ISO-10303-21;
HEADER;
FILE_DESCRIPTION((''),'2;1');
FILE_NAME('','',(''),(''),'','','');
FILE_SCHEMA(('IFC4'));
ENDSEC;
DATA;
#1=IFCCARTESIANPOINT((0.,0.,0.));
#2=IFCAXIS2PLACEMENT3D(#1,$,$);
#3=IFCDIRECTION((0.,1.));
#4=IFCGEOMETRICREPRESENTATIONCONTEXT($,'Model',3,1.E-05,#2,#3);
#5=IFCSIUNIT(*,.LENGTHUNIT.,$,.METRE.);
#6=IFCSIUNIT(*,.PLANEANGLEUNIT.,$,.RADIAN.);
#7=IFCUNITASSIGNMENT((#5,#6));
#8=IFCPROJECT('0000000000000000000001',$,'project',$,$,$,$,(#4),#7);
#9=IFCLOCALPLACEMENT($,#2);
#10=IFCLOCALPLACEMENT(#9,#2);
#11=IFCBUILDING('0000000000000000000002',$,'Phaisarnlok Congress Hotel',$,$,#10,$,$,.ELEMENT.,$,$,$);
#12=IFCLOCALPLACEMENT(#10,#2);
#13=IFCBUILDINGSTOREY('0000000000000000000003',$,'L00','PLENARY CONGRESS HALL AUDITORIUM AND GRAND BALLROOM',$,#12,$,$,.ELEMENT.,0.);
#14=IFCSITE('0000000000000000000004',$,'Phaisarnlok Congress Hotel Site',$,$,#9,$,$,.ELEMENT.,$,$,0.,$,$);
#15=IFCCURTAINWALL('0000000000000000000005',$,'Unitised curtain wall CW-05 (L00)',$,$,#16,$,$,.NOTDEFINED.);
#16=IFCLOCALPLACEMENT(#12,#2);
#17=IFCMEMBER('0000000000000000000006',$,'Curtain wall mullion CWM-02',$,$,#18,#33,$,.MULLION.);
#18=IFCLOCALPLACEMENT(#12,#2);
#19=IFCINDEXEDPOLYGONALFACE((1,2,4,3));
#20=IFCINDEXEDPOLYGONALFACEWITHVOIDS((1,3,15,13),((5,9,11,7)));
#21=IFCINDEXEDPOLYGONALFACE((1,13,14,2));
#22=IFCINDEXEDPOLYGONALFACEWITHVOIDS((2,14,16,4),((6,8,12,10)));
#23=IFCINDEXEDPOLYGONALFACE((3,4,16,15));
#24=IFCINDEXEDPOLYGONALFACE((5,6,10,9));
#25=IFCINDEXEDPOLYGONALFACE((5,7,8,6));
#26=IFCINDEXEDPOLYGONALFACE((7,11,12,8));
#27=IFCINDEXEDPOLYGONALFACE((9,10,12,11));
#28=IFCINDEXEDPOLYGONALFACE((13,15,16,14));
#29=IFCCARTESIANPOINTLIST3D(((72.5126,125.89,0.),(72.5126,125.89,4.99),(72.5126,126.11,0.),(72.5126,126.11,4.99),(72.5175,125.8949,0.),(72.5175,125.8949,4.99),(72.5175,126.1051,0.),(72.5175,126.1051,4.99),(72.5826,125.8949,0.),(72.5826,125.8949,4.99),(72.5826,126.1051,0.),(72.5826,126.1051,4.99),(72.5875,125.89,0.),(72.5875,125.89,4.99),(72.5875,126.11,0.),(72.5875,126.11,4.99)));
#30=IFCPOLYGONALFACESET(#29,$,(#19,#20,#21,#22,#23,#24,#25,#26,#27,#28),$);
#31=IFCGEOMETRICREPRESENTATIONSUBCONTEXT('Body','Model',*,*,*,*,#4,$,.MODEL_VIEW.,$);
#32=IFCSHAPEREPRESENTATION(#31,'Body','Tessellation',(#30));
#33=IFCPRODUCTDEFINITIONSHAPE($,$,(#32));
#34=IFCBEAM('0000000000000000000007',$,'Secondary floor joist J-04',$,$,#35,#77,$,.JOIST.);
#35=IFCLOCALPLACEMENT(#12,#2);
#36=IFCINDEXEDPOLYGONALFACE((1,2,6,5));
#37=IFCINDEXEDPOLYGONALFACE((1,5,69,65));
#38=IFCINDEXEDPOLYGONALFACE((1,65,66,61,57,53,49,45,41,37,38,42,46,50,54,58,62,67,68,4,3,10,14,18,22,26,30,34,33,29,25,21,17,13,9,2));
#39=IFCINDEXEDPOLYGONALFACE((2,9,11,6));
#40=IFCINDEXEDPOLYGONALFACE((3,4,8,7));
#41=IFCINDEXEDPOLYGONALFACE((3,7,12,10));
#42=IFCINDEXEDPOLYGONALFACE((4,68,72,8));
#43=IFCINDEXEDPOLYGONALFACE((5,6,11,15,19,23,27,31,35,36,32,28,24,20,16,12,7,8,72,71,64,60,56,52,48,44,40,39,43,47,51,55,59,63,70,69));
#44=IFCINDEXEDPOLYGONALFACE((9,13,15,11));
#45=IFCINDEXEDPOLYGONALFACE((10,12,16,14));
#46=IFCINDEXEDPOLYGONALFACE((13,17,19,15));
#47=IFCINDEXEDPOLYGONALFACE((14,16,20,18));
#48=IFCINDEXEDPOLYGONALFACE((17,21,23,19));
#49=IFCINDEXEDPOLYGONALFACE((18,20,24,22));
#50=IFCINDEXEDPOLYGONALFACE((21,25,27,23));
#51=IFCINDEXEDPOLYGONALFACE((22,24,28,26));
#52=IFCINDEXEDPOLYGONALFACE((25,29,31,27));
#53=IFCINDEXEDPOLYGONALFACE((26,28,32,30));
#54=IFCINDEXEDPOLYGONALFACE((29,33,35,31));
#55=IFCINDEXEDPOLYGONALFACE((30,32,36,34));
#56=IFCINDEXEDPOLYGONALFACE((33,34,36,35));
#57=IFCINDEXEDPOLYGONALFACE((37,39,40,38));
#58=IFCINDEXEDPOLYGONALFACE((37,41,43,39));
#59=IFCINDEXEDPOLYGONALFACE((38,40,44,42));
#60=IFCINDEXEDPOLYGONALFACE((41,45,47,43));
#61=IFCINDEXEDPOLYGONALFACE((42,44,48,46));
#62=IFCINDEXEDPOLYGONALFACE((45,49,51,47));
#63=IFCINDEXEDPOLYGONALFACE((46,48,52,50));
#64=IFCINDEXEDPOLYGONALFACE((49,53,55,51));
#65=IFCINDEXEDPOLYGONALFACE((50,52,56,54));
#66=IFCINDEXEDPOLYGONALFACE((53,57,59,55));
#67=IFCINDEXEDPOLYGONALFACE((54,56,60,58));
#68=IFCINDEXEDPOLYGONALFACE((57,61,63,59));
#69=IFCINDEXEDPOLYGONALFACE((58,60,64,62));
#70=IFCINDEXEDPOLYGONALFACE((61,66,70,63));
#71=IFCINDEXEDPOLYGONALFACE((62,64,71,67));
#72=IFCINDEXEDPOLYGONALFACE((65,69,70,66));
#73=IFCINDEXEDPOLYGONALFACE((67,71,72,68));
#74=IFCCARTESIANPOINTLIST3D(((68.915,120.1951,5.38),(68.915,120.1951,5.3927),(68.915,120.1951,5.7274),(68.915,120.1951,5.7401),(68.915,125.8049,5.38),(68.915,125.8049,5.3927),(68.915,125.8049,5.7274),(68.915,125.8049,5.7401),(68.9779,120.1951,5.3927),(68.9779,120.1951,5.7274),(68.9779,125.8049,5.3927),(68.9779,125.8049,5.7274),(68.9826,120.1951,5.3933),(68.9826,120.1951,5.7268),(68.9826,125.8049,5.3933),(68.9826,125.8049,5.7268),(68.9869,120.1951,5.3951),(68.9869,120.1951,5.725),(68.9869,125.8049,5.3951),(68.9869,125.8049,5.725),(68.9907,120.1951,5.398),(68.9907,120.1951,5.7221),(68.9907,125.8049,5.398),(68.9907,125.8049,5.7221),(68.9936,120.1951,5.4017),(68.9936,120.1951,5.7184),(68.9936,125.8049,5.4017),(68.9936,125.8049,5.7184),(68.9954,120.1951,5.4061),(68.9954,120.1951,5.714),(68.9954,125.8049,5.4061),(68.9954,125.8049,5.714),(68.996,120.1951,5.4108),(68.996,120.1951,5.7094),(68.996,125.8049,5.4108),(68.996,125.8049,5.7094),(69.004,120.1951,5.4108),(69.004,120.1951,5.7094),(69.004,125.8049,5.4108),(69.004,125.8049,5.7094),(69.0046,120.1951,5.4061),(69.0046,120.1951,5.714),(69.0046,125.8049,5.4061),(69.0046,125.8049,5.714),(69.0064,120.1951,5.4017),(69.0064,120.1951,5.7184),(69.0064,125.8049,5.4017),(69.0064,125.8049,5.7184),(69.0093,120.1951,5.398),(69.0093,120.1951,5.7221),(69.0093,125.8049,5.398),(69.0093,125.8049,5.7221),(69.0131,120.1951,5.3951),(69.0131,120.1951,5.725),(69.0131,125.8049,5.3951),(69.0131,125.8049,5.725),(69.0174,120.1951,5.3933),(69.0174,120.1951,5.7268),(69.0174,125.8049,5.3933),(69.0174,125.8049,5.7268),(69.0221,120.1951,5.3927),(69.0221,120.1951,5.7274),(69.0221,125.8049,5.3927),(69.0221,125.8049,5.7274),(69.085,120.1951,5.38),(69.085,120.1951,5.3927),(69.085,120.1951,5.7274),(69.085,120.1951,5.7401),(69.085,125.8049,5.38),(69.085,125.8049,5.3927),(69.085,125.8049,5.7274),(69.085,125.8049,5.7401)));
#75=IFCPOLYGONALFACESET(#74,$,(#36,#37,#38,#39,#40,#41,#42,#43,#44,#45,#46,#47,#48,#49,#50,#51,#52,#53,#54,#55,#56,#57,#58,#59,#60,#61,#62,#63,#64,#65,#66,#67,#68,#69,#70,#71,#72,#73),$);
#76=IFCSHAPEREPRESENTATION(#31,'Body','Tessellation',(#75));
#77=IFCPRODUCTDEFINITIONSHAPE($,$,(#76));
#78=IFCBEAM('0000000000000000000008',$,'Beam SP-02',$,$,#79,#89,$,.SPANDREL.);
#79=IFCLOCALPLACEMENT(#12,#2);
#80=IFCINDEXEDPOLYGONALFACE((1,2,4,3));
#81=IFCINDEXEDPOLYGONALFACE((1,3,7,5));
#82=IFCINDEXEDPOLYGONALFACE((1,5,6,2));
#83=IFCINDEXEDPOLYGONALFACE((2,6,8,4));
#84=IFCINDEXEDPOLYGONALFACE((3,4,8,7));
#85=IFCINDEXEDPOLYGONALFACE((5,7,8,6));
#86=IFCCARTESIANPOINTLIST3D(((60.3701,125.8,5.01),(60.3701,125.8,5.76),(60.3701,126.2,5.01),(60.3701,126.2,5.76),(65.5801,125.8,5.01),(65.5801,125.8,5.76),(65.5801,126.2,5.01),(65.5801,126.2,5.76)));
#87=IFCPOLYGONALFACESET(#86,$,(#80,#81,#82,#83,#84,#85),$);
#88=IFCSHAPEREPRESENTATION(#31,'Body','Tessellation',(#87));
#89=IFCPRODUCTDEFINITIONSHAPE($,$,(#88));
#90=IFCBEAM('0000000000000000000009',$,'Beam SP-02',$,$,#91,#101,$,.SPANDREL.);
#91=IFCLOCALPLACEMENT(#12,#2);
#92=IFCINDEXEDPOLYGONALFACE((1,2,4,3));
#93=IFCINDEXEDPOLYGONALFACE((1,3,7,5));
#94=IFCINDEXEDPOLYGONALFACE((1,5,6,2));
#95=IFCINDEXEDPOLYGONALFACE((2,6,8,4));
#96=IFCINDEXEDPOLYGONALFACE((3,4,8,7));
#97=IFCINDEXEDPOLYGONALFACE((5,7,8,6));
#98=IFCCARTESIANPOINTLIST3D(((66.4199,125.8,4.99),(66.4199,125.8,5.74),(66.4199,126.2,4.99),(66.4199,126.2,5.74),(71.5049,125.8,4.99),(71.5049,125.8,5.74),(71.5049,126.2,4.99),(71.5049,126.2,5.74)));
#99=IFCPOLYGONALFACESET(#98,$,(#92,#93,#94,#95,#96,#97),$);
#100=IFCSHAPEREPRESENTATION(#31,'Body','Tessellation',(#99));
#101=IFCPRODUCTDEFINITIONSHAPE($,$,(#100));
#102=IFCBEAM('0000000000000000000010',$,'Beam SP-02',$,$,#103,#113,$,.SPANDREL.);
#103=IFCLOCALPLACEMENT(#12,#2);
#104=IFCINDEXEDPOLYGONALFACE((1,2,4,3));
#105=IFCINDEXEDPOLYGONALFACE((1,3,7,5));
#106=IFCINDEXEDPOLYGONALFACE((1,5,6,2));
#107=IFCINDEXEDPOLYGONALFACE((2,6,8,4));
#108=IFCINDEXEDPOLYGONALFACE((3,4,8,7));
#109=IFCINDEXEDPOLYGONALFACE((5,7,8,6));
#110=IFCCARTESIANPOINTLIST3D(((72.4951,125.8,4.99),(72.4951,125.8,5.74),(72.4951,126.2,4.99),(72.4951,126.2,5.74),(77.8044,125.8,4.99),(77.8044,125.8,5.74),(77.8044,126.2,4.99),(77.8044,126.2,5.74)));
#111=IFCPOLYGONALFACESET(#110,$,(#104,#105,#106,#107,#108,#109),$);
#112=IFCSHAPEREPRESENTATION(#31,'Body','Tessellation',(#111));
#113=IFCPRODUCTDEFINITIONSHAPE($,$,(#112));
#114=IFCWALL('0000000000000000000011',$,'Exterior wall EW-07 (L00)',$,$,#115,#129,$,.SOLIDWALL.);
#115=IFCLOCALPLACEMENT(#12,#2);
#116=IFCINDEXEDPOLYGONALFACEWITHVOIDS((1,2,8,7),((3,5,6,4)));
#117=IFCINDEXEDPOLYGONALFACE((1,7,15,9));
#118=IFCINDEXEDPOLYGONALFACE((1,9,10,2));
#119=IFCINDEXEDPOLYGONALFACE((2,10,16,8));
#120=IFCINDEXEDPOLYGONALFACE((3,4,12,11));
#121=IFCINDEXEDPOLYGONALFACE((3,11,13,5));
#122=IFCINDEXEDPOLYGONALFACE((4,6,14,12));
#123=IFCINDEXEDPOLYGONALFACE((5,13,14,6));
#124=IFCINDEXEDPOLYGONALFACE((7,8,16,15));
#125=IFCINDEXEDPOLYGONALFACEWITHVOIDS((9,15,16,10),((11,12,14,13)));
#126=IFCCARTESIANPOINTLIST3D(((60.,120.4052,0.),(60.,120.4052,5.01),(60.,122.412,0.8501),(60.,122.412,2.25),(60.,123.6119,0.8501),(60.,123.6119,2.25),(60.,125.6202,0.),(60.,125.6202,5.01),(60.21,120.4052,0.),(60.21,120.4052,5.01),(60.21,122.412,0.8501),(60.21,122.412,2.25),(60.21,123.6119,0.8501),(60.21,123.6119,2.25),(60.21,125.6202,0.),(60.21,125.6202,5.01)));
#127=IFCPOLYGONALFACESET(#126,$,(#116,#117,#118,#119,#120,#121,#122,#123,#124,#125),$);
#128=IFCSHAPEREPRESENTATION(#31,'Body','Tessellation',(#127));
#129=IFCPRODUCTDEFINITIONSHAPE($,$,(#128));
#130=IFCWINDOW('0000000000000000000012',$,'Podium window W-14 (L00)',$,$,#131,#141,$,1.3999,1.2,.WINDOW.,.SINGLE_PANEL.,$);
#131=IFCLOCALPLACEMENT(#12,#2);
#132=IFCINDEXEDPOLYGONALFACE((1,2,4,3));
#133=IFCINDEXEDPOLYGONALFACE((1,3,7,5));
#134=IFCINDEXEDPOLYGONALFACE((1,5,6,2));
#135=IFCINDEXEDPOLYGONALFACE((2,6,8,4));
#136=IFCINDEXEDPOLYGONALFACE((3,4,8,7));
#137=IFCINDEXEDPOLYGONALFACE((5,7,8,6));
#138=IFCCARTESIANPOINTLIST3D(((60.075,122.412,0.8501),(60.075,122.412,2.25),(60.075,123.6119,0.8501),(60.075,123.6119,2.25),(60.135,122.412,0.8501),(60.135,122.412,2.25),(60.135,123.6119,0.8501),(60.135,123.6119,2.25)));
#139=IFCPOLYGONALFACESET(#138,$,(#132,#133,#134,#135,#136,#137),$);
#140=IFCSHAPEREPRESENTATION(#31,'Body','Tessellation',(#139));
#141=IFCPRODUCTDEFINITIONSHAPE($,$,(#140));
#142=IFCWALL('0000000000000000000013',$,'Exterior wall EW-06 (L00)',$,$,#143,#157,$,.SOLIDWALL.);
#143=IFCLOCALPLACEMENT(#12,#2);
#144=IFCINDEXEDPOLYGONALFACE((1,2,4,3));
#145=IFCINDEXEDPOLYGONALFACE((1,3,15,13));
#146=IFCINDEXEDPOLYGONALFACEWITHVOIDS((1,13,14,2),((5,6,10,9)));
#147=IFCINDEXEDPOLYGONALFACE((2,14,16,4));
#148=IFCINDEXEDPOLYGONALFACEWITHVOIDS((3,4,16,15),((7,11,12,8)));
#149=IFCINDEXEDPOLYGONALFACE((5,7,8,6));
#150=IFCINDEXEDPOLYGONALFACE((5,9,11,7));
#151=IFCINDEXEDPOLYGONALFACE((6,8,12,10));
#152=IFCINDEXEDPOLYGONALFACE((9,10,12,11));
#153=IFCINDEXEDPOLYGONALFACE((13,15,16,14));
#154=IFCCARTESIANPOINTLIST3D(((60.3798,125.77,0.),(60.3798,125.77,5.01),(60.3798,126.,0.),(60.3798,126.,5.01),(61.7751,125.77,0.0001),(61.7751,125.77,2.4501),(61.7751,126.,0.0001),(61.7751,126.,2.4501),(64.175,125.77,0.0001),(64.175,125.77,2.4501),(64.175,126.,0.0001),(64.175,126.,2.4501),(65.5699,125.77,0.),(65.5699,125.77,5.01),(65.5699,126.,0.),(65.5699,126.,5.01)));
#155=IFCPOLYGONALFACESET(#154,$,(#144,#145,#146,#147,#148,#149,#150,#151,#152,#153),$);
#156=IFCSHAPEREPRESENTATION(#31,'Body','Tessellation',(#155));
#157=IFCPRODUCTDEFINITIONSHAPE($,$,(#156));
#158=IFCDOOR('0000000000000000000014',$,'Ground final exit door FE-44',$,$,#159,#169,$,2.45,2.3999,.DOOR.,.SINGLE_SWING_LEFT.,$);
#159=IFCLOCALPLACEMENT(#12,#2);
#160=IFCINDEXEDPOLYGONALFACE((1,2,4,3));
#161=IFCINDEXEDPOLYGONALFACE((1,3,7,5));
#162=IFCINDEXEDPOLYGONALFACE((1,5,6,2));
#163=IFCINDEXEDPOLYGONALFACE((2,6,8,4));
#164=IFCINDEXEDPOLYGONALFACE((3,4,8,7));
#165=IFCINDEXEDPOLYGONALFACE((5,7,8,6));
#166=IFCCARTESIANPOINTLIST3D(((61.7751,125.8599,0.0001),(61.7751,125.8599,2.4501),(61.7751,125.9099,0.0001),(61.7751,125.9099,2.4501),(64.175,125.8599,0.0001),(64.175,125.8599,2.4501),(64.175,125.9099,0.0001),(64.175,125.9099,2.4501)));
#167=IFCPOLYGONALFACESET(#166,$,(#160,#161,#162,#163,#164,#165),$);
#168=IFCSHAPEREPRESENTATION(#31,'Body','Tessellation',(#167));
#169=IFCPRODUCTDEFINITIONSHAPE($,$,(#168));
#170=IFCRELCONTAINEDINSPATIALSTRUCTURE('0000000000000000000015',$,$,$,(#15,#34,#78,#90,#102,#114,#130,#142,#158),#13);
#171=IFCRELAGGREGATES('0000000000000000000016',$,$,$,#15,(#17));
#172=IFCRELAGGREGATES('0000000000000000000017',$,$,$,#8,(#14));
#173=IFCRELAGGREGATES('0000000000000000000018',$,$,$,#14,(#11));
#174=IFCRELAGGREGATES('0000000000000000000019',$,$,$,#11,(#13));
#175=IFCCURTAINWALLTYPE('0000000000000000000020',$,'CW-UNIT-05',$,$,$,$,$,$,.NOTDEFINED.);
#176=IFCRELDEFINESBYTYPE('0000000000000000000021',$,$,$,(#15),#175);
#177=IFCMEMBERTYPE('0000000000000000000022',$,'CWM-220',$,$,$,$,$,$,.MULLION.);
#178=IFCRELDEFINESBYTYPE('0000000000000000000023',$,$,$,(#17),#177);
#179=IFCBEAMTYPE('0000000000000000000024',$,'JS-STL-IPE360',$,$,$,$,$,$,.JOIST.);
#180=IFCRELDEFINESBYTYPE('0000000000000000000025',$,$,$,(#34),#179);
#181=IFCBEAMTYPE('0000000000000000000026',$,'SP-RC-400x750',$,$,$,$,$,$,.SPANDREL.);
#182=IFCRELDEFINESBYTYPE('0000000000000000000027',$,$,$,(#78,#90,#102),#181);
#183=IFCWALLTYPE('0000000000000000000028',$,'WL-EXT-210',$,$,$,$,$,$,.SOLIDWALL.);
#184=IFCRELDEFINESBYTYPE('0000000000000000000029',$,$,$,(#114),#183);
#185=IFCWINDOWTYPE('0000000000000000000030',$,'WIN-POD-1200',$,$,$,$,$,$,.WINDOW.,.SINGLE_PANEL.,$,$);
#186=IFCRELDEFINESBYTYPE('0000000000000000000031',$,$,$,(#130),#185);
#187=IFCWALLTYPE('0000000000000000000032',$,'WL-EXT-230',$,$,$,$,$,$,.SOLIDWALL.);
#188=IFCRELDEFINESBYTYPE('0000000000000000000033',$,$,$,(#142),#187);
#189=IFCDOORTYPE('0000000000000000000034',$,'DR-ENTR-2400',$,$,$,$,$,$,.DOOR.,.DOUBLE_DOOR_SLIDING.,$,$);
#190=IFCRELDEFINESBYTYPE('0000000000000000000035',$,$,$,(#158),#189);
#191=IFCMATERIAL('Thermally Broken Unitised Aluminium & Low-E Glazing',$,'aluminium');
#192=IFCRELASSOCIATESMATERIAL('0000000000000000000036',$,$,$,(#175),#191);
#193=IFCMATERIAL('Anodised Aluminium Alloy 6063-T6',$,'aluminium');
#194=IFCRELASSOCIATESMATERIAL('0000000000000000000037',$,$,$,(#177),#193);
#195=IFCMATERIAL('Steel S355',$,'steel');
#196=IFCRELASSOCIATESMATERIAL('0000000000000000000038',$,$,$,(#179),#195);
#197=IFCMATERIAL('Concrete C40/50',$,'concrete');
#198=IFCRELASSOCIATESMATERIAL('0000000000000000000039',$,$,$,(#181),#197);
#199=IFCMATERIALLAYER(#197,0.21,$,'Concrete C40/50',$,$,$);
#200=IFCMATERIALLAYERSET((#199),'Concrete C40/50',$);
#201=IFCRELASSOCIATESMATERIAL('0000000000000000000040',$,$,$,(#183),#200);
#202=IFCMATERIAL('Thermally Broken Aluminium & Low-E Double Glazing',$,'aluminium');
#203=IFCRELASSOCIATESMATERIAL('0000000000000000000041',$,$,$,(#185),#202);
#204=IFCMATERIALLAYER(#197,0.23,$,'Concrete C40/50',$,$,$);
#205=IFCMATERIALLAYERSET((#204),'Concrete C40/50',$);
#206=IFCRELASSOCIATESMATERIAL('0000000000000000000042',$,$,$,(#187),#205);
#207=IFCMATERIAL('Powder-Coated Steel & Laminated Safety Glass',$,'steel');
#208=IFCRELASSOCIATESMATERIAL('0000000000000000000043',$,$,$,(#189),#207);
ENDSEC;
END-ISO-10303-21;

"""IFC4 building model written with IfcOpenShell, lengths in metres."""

from ifc_helpers import new_model, si_unit, direction, frame, frame_2d, origin, origin_2d, place, context, subcontext, project, spatial, rectangle, hollow_rectangle, i_section, extrude, material, layer, layer_set, material_profile, profile_set, type_object, element, fill, aggregate, save


model = new_model("IFC4")

# Units and contexts
model_context = context("Model", 3, precision=1e-05, world=origin(), true_north=direction((0.0, 1.0)))
body_context = subcontext(model_context, "Body", "Model", "MODEL_VIEW")
ifc_project = project(units=[si_unit("LENGTHUNIT", "METRE"), si_unit("PLANEANGLEUNIT", "RADIAN")], contexts=[model_context])

# Site, building, storey
site_placement = place(None, origin())
site = spatial("IfcSite", under=ifc_project, at=site_placement, Name="Phaisarnlok Congress Hotel Site", CompositionType="ELEMENT", RefElevation=0.0)
building_placement = place(site_placement, origin())
building = spatial("IfcBuilding", under=site, at=building_placement, Name="Phaisarnlok Congress Hotel", CompositionType="ELEMENT")
storey_placement = place(building_placement, origin())
storey = spatial("IfcBuildingStorey", under=building, at=storey_placement, Name="L00", Description="PLENARY CONGRESS HALL AUDITORIUM AND GRAND BALLROOM", CompositionType="ELEMENT", Elevation=0.0)

# Shared definitions
ifc_material_1 = material(Name="Concrete C40/50", Category="concrete")

# Curtain wall, member
ifc_material_2 = material(Name="Thermally Broken Unitised Aluminium & Low-E Glazing", Category="aluminium")
curtain_wall_type = type_object("IfcCurtainWallType", Name="CW-UNIT-05", PredefinedType="NOTDEFINED", material=ifc_material_2)
curtain_wall_placement = place(storey_placement, origin())
curtain_wall = element("IfcCurtainWall", 1, at=curtain_wall_placement, inside=storey, type_object=curtain_wall_type, Name="Unitised curtain wall CW-05 (L00)", PredefinedType="NOTDEFINED")
ifc_material_3 = material(Name="Anodised Aluminium Alloy 6063-T6", Category="aluminium")
ifc_material_profile_1 = material_profile(ifc_material_3, hollow_rectangle(XDim=0.075, YDim=0.22, WallThickness=0.0049, at=origin_2d()), Name="ALU-M 75x220x5")
ifc_profile_set_1 = profile_set([ifc_material_profile_1], Name="Anodised Aluminium Alloy 6063-T6")
member_type = type_object("IfcMemberType", Name="CWM-220", PredefinedType="MULLION", material=ifc_profile_set_1)
member_placement = place(storey_placement, frame((72.55, 126.0, 0.0), z_axis=(0.0, 0.0, 1.0), x_axis=(-1.0, 0.0, 0.0)))
member = element("IfcMember", 2, at=member_placement, type_object=member_type, Name="Curtain wall mullion CWM-02", PredefinedType="MULLION", context=body_context, shape_type="SweptSolid", body=[
    extrude(hollow_rectangle(XDim=0.075, YDim=0.22, WallThickness=0.0049, at=origin_2d()), origin(), (0.0, 0.0, 1.0), 4.99),
])
aggregate(curtain_wall, [member])

# Beams
ifc_material_4 = material(Name="Steel S355", Category="steel")
ifc_material_profile_2 = material_profile(ifc_material_4, i_section(OverallWidth=0.1699, OverallDepth=0.3601, WebThickness=0.0081, FlangeThickness=0.0127, FilletRadius=0.0181, at=origin_2d()), Name="IPE 360")
ifc_profile_set_2 = profile_set([ifc_material_profile_2], Name="Steel S355")
beam_type_1 = type_object("IfcBeamType", Name="JS-STL-IPE360", PredefinedType="JOIST", material=ifc_profile_set_2)
beam_1_placement = place(storey_placement, frame((69.0, 120.1951, 5.5601), z_axis=(0.0, 1.0, 0.0), x_axis=(-1.0, 0.0, 0.0)))
element("IfcBeam", 3, at=beam_1_placement, inside=storey, type_object=beam_type_1, Name="Secondary floor joist J-04", PredefinedType="JOIST", context=body_context, shape_type="SweptSolid", body=[
    extrude(i_section(OverallWidth=0.1699, OverallDepth=0.3601, WebThickness=0.0081, FlangeThickness=0.0127, FilletRadius=0.0181, at=origin_2d()), origin(), (0.0, 0.0, 1.0), 5.6099),
])
ifc_material_profile_3 = material_profile(ifc_material_1, rectangle(XDim=0.3999, YDim=0.75, at=origin_2d()), Name="RC 400x750")
ifc_profile_set_3 = profile_set([ifc_material_profile_3], Name="Concrete C40/50")
beam_type_2 = type_object("IfcBeamType", Name="SP-RC-400x750", PredefinedType="SPANDREL", material=ifc_profile_set_3)
beam_2_placement = place(storey_placement, frame((60.3701, 126.0, 5.385), z_axis=(1.0, 0.0, 0.0), x_axis=(0.0, 1.0, 0.0)))
element("IfcBeam", 4, at=beam_2_placement, inside=storey, type_object=beam_type_2, Name="Beam SP-02", PredefinedType="SPANDREL", context=body_context, shape_type="SweptSolid", body=[
    extrude(rectangle(XDim=0.3999, YDim=0.75, at=origin_2d()), origin(), (0.0, 0.0, 1.0), 5.21),
])
beam_3_placement = place(storey_placement, frame((66.4199, 126.0, 5.365), z_axis=(1.0, 0.0, 0.0), x_axis=(0.0, 1.0, 0.0)))
element("IfcBeam", 5, at=beam_3_placement, inside=storey, type_object=beam_type_2, Name="Beam SP-02", PredefinedType="SPANDREL", context=body_context, shape_type="SweptSolid", body=[
    extrude(rectangle(XDim=0.3999, YDim=0.75, at=origin_2d()), origin(), (0.0, 0.0, 1.0), 5.085),
])
beam_4_placement = place(storey_placement, frame((72.4951, 126.0, 5.365), z_axis=(1.0, 0.0, 0.0), x_axis=(0.0, 1.0, 0.0)))
element("IfcBeam", 6, at=beam_4_placement, inside=storey, type_object=beam_type_2, Name="Beam SP-02", PredefinedType="SPANDREL", context=body_context, shape_type="SweptSolid", body=[
    extrude(rectangle(XDim=0.3999, YDim=0.75, at=origin_2d()), origin(), (0.0, 0.0, 1.0), 5.3093),
])

# Wall, opening, window
ifc_layer_1 = layer(ifc_material_1, 0.21, Name="Concrete C40/50")
ifc_layer_set_1 = layer_set([ifc_layer_1], Name="Concrete C40/50")
wall_type_1 = type_object("IfcWallType", Name="WL-EXT-210", PredefinedType="SOLIDWALL", material=ifc_layer_set_1)
wall_1_placement = place(storey_placement, frame((60.105, 125.6201, 0.0), z_axis=(0.0, 0.0, 1.0), x_axis=(0.0, -1.0, 0.0)))
wall_1 = element("IfcWall", 7, at=wall_1_placement, inside=storey, type_object=wall_type_1, Name="Exterior wall EW-07 (L00)", PredefinedType="SOLIDWALL", context=body_context, shape_type="SweptSolid", body=[
    extrude(rectangle(XDim=5.2151, YDim=0.21, at=frame_2d((2.6074, 0.0))), origin(), (0.0, 0.0, 1.0), 5.01),
])
opening_1_placement = place(wall_1_placement, frame((2.0081, 0.0, 0.8501)))
opening_1 = element("IfcOpeningElement", 8, at=opening_1_placement, cuts=wall_1, PredefinedType="OPENING", context=body_context, shape_type="SweptSolid", body=[
    extrude(rectangle(XDim=1.2, YDim=1.3999, at=frame_2d((0.6001, 0.7))), frame((0.0, 0.115, 0.0), z_axis=(0.0, -1.0, 0.0), x_axis=(1.0, 0.0, 0.0)), (0.0, 0.0, 1.0), 0.23),
])
ifc_material_5 = material(Name="Thermally Broken Aluminium & Low-E Double Glazing", Category="aluminium")
window_type = type_object("IfcWindowType", Name="WIN-POD-1200", PartitioningType="SINGLE_PANEL", PredefinedType="WINDOW", material=ifc_material_5)
window_placement = place(opening_1_placement, origin())
window = element("IfcWindow", 9, at=window_placement, inside=storey, type_object=window_type, Name="Podium window W-14 (L00)", OverallHeight=1.3999, OverallWidth=1.2, PartitioningType="SINGLE_PANEL", PredefinedType="WINDOW", context=body_context, shape_type="SweptSolid", body=[
    extrude(rectangle(XDim=1.2, YDim=1.3999, at=frame_2d((0.6001, 0.7))), frame((0.0, 0.03, 0.0), z_axis=(0.0, -1.0, 0.0), x_axis=(1.0, 0.0, 0.0)), (0.0, 0.0, 1.0), 0.0601),
])
fill(opening_1, window)

# Wall, opening, door
ifc_layer_2 = layer(ifc_material_1, 0.23, Name="Concrete C40/50")
ifc_layer_set_2 = layer_set([ifc_layer_2], Name="Concrete C40/50")
wall_type_2 = type_object("IfcWallType", Name="WL-EXT-230", PredefinedType="SOLIDWALL", material=ifc_layer_set_2)
wall_2_placement = place(storey_placement, frame((65.5701, 125.885, 0.0), z_axis=(0.0, 0.0, 1.0), x_axis=(-1.0, 0.0, 0.0)))
wall_2 = element("IfcWall", 10, at=wall_2_placement, inside=storey, type_object=wall_type_2, Name="Exterior wall EW-06 (L00)", PredefinedType="SOLIDWALL", context=body_context, shape_type="SweptSolid", body=[
    extrude(rectangle(XDim=5.1902, YDim=0.23, at=frame_2d((2.5952, 0.0))), origin(), (0.0, 0.0, 1.0), 5.01),
])
opening_2_placement = place(wall_2_placement, frame((1.395, 0.0, 0.0)))
opening_2 = element("IfcOpeningElement", 11, at=opening_2_placement, cuts=wall_2, PredefinedType="OPENING", context=body_context, shape_type="SweptSolid", body=[
    extrude(rectangle(XDim=2.3999, YDim=2.45, at=frame_2d((1.2, 1.2251))), frame((0.0, 0.125, 0.0), z_axis=(0.0, -1.0, 0.0), x_axis=(1.0, 0.0, 0.0)), (0.0, 0.0, 1.0), 0.25),
])
ifc_material_6 = material(Name="Powder-Coated Steel & Laminated Safety Glass", Category="steel")
door_type_1 = type_object("IfcDoorType", Name="DR-ENTR-2400", OperationType="DOUBLE_DOOR_SLIDING", PredefinedType="DOOR", material=ifc_material_6)
door_1_placement = place(opening_2_placement, frame((2.3999, 0.0, 0.0), z_axis=(0.0, 0.0, 1.0), x_axis=(-1.0, 0.0, 0.0)))
door_1 = element("IfcDoor", 12, at=door_1_placement, inside=storey, type_object=door_type_1, Name="Ground final exit door FE-44", OperationType="SINGLE_SWING_LEFT", OverallHeight=2.45, OverallWidth=2.3999, PredefinedType="DOOR", context=body_context, shape_type="SweptSolid", body=[
    extrude(rectangle(XDim=2.3999, YDim=2.45, at=frame_2d((1.2, 1.2251))), frame((0.0, 0.0249, 0.0), z_axis=(0.0, -1.0, 0.0), x_axis=(1.0, 0.0, 0.0)), (0.0, 0.0, 1.0), 0.05),
])
fill(opening_2, door_1)

save(model, "model.ifc")
